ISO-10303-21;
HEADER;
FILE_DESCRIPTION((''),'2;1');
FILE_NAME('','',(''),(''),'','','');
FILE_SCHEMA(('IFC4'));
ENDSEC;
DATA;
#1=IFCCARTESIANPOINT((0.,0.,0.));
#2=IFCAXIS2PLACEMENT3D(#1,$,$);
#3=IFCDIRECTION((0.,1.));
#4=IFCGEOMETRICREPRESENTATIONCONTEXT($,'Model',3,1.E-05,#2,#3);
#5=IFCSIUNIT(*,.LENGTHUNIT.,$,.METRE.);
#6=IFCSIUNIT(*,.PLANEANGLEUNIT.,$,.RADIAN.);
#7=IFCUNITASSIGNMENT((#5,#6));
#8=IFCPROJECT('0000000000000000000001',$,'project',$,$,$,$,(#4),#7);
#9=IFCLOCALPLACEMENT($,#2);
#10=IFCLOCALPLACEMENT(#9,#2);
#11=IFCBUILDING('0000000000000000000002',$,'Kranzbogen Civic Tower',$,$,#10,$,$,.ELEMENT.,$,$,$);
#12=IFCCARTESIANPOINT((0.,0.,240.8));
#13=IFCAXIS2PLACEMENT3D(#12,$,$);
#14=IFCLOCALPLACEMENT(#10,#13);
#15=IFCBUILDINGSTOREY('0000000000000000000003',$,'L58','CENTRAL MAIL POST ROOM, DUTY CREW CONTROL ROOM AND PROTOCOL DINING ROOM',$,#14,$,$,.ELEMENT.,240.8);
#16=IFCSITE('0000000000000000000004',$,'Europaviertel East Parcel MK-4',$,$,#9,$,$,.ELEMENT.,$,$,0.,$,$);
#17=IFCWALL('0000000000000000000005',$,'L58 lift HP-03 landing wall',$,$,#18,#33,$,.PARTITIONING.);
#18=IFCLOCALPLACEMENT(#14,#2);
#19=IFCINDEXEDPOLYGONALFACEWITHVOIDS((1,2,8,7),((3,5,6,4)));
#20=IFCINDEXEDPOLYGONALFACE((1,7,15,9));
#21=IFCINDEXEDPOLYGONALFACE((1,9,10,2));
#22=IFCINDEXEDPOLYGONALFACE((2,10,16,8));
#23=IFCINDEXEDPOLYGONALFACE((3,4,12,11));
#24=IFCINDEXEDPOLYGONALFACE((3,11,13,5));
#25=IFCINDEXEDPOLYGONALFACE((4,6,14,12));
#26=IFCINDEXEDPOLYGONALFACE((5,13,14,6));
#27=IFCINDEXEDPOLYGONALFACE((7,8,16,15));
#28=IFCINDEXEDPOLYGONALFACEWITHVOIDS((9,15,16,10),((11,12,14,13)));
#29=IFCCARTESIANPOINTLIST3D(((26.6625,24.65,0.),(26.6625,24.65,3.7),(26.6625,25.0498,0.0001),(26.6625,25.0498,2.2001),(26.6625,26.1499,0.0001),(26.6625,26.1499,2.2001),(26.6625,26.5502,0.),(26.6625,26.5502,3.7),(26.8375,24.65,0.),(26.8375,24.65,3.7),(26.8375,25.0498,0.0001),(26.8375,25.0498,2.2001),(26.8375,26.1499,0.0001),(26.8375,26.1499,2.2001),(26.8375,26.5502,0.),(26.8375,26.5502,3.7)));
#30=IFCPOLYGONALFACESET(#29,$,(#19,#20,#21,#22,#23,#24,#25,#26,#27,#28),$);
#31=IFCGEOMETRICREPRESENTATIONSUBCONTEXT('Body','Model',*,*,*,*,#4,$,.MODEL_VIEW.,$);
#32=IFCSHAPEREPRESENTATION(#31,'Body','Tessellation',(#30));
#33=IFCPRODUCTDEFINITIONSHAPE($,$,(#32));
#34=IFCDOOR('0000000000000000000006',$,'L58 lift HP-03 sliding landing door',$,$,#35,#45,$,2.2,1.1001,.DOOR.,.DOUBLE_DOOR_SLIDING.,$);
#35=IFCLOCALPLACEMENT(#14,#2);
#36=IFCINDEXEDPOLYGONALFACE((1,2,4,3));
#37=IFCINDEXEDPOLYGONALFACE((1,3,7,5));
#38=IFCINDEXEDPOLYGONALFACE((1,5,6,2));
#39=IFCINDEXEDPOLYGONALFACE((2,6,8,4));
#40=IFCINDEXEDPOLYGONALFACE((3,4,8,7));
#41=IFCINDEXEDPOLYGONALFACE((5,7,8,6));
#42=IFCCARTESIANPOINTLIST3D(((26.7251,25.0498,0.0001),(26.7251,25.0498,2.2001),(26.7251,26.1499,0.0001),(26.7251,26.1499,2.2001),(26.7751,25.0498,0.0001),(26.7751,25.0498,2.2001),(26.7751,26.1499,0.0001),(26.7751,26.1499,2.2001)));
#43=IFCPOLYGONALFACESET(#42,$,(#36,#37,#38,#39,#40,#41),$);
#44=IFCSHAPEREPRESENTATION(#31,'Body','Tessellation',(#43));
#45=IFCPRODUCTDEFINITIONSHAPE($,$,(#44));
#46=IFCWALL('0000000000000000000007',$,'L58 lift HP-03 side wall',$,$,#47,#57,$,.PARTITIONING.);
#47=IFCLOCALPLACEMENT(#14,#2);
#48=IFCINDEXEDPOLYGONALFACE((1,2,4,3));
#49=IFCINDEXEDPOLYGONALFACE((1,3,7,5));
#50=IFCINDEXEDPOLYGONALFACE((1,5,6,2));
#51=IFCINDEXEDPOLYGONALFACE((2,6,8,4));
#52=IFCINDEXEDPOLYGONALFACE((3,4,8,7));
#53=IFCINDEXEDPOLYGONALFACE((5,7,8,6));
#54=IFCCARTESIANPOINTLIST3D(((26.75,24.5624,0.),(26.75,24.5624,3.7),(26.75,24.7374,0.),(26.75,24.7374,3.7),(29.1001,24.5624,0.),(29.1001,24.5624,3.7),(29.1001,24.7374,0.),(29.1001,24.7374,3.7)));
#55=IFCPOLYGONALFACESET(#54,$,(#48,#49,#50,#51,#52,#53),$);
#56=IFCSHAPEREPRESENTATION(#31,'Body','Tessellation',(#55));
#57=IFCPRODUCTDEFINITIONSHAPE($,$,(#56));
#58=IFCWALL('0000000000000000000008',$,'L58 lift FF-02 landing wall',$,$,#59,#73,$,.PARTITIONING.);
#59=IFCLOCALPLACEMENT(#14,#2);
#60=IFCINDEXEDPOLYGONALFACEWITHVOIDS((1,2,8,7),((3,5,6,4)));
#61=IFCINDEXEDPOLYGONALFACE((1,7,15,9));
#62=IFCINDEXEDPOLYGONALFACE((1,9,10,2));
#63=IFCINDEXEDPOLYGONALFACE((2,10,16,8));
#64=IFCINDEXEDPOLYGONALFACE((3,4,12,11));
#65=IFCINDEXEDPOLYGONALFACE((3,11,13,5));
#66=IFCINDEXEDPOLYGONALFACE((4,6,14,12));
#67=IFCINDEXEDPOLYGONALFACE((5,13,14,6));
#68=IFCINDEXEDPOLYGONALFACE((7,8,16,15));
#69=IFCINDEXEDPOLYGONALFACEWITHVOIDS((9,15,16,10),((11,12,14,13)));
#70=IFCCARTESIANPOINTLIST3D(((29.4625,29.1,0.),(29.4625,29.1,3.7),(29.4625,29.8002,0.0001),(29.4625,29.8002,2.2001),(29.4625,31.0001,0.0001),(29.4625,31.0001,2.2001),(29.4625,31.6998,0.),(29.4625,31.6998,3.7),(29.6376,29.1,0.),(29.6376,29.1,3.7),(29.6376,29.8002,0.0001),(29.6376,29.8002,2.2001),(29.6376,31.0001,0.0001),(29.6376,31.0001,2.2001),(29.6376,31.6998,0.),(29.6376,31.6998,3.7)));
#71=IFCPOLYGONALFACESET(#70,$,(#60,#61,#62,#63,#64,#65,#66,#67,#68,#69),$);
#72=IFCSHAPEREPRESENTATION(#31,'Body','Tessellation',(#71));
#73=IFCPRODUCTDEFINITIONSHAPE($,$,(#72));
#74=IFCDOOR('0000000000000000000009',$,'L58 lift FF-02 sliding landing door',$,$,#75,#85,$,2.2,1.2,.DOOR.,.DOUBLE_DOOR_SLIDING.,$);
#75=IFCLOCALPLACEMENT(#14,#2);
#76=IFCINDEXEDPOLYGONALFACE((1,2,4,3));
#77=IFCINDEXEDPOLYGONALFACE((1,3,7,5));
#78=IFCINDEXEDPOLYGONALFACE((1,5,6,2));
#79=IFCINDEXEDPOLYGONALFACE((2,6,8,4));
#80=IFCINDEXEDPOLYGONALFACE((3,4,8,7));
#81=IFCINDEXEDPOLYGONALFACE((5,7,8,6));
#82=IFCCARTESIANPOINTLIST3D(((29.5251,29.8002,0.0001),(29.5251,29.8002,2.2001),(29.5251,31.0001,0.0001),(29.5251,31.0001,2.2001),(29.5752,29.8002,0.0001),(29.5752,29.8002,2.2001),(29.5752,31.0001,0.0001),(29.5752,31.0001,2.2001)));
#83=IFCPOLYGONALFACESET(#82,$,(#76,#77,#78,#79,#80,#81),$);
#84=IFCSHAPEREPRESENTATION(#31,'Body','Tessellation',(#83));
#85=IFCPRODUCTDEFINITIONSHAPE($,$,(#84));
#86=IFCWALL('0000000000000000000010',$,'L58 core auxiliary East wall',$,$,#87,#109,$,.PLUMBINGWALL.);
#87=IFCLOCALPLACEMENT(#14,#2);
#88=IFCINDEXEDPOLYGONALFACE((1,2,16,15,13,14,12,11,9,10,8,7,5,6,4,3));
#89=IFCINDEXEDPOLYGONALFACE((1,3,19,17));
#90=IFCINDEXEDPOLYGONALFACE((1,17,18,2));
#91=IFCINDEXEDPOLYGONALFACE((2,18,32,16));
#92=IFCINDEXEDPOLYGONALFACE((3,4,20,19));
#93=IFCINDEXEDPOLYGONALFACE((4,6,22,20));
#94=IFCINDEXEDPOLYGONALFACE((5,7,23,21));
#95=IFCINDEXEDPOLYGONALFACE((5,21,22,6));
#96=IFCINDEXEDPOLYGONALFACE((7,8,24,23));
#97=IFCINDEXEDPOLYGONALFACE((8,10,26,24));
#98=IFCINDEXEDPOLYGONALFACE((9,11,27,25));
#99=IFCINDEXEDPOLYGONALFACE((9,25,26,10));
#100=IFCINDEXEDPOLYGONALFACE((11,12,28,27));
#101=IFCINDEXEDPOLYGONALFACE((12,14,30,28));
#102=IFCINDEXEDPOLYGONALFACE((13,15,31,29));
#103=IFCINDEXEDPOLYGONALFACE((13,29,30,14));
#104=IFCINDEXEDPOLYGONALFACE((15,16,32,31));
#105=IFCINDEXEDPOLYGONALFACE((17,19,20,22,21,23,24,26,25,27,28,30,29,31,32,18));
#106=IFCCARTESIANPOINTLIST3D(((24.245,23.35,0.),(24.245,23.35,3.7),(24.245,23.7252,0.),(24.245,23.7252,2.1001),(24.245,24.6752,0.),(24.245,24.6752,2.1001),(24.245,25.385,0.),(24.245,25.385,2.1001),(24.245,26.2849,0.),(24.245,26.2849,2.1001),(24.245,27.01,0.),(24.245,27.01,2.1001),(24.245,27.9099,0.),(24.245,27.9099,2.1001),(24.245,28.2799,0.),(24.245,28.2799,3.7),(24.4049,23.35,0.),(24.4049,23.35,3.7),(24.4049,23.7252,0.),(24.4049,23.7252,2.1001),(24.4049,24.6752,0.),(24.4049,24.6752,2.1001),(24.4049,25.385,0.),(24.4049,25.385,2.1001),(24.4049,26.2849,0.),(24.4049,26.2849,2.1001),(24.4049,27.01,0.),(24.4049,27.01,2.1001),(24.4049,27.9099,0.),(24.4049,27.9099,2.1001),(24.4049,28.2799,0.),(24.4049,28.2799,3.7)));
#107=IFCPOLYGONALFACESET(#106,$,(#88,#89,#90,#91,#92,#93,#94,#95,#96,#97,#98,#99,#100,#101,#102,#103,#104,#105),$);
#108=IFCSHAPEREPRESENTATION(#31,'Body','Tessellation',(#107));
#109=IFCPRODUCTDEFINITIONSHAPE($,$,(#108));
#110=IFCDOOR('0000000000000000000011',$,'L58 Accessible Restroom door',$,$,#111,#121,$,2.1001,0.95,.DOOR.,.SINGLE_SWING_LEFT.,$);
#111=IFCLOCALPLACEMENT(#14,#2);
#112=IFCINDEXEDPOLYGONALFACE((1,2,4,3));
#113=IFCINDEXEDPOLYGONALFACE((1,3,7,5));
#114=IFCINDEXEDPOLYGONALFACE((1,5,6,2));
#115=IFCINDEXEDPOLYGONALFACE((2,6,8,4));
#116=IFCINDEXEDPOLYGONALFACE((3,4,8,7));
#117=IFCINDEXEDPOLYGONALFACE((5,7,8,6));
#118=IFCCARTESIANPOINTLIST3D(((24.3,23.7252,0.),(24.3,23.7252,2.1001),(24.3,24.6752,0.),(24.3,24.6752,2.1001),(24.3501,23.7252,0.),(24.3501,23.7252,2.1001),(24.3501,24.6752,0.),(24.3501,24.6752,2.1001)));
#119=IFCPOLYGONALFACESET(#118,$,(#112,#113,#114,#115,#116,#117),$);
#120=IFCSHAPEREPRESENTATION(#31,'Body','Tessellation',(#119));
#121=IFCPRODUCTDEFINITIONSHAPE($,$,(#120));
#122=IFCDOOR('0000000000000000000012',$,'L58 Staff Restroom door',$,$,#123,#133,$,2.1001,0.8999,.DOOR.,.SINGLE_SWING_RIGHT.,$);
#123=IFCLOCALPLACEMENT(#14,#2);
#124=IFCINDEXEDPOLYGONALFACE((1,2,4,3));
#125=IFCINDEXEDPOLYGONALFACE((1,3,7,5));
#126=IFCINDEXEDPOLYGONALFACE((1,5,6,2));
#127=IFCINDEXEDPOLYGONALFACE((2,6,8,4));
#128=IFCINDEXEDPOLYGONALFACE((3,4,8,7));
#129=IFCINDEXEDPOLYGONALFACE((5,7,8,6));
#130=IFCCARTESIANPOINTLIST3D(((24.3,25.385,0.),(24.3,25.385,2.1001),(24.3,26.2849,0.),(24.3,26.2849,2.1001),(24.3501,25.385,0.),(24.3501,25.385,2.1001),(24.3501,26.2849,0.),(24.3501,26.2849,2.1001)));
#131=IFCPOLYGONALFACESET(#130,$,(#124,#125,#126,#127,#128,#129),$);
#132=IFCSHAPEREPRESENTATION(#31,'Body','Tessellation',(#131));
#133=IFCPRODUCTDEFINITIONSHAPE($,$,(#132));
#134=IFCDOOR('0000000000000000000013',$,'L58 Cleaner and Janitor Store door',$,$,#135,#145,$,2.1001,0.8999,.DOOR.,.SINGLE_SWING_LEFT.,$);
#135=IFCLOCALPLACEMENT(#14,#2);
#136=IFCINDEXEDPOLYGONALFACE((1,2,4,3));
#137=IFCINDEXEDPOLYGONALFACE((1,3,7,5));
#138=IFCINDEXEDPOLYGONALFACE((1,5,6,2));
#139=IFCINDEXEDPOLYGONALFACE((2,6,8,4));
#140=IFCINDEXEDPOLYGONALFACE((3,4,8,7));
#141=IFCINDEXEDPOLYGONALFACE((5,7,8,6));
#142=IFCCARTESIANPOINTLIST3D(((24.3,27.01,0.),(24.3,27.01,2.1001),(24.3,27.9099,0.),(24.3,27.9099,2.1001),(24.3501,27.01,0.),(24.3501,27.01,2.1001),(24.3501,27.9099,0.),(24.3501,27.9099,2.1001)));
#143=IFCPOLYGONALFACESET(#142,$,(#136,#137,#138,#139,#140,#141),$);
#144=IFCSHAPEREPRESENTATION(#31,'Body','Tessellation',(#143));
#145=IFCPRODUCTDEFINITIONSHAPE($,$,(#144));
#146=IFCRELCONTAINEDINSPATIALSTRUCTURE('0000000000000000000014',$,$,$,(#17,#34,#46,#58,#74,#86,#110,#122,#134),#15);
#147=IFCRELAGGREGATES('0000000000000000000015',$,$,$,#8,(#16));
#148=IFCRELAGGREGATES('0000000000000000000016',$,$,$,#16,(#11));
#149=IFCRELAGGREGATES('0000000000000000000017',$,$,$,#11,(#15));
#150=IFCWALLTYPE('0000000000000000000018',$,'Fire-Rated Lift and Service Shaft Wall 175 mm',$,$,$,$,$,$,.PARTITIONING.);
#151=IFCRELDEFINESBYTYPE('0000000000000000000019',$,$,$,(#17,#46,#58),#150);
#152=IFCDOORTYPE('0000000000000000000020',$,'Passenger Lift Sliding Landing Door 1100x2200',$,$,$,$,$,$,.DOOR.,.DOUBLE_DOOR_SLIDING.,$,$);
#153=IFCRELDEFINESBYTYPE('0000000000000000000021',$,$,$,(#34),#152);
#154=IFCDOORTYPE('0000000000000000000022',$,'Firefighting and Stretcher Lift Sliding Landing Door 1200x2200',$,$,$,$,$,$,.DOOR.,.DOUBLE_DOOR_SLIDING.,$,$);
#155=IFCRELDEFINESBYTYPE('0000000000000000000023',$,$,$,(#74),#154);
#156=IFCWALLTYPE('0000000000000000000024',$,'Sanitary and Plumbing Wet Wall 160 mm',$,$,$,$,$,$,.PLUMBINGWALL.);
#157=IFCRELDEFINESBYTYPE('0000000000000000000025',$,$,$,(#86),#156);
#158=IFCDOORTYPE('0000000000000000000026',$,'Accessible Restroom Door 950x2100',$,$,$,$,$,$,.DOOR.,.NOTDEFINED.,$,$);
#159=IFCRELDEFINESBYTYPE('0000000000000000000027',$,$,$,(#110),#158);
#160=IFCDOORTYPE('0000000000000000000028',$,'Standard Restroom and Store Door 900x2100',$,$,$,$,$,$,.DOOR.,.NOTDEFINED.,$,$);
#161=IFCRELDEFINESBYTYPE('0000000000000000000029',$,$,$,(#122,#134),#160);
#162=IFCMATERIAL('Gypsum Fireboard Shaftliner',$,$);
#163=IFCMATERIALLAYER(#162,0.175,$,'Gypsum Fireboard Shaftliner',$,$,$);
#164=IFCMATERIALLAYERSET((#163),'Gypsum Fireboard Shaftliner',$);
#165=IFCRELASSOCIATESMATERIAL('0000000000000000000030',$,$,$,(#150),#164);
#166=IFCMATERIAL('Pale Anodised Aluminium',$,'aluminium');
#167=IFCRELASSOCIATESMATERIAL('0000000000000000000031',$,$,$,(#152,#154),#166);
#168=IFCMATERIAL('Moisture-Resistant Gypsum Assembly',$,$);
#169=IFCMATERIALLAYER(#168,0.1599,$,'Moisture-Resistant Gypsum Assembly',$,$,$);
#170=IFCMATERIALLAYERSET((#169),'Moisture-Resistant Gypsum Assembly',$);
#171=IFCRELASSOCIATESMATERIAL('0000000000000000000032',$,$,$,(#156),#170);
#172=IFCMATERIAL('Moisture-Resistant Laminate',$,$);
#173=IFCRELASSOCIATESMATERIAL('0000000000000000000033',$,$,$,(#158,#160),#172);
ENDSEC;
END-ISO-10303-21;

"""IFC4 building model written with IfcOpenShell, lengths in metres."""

from ifc_helpers import new_model, si_unit, direction, frame, frame_2d, origin, place, context, subcontext, project, spatial, rectangle, extrude, material, layer, layer_set, type_object, element, fill, save


model = new_model("IFC4")

# Units and contexts
model_context = context("Model", 3, precision=1e-05, world=origin(), true_north=direction((0.0, 1.0)))
body_context = subcontext(model_context, "Body", "Model", "MODEL_VIEW")
ifc_project = project(units=[si_unit("LENGTHUNIT", "METRE"), si_unit("PLANEANGLEUNIT", "RADIAN")], contexts=[model_context])

# Site, building, storey
site_placement = place(None, origin())
site = spatial("IfcSite", under=ifc_project, at=site_placement, Name="Europaviertel East Parcel MK-4", CompositionType="ELEMENT", RefElevation=0.0)
building_placement = place(site_placement, origin())
building = spatial("IfcBuilding", under=site, at=building_placement, Name="Kranzbogen Civic Tower", CompositionType="ELEMENT")
storey_placement = place(building_placement, frame((0.0, 0.0, 240.8)))
storey = spatial("IfcBuildingStorey", under=building, at=storey_placement, Name="L58", Description="CENTRAL MAIL POST ROOM, DUTY CREW CONTROL ROOM AND PROTOCOL DINING ROOM", CompositionType="ELEMENT", Elevation=240.8)

# Shared definitions
ifc_material_1 = material(Name="Gypsum Fireboard Shaftliner")
ifc_layer_1 = layer(ifc_material_1, 0.175, Name="Gypsum Fireboard Shaftliner")
ifc_layer_set_1 = layer_set([ifc_layer_1], Name="Gypsum Fireboard Shaftliner")
wall_type_1 = type_object("IfcWallType", Name="Fire-Rated Lift and Service Shaft Wall 175 mm", PredefinedType="PARTITIONING", material=ifc_layer_set_1)
ifc_material_2 = material(Name="Pale Anodised Aluminium", Category="aluminium")
door_type_1 = type_object("IfcDoorType", Name="Passenger Lift Sliding Landing Door 1100x2200", OperationType="DOUBLE_DOOR_SLIDING", PredefinedType="DOOR", material=ifc_material_2)

# Wall, opening, door
wall_1_placement = place(storey_placement, frame((26.75, 24.6499, 0.0), z_axis=(0.0, 0.0, 1.0), x_axis=(0.0, 1.0, 0.0)))
wall_1 = element("IfcWall", 1, at=wall_1_placement, inside=storey, type_object=wall_type_1, Name="L58 lift HP-03 landing wall", PredefinedType="PARTITIONING", context=body_context, shape_type="SweptSolid", body=[
    extrude(rectangle(XDim=1.9001, YDim=0.175, at=frame_2d((0.9502, 0.0))), origin(), (0.0, 0.0, 1.0), 3.7),
])
opening_1_placement = place(wall_1_placement, frame((0.3999, 0.0, 0.0)))
opening_1 = element("IfcOpeningElement", 2, at=opening_1_placement, cuts=wall_1, PredefinedType="OPENING", context=body_context, shape_type="SweptSolid", body=[
    extrude(rectangle(XDim=1.1001, YDim=2.2, at=frame_2d((0.55, 1.1001))), frame((0.0, 0.0977, 0.0), z_axis=(0.0, -1.0, 0.0), x_axis=(1.0, 0.0, 0.0)), (0.0, 0.0, 1.0), 0.1951),
])
door_1_placement = place(opening_1_placement, origin())
door_1 = element("IfcDoor", 3, at=door_1_placement, inside=storey, type_object=door_type_1, Name="L58 lift HP-03 sliding landing door", OperationType="DOUBLE_DOOR_SLIDING", OverallHeight=2.2, OverallWidth=1.1001, PredefinedType="DOOR", context=body_context, shape_type="SweptSolid", body=[
    extrude(rectangle(XDim=1.1001, YDim=2.2, at=frame_2d((0.55, 1.1001))), frame((0.0, 0.0249, 0.0), z_axis=(0.0, -1.0, 0.0), x_axis=(1.0, 0.0, 0.0)), (0.0, 0.0, 1.0), 0.05),
])
fill(opening_1, door_1)

# Wall
wall_2_placement = place(storey_placement, frame((26.75, 24.6499, 0.0), z_axis=(0.0, 0.0, 1.0), x_axis=(1.0, 0.0, 0.0)))
element("IfcWall", 4, at=wall_2_placement, inside=storey, type_object=wall_type_1, Name="L58 lift HP-03 side wall", PredefinedType="PARTITIONING", context=body_context, shape_type="SweptSolid", body=[
    extrude(rectangle(XDim=2.3501, YDim=0.175, at=frame_2d((1.175, 0.0))), origin(), (0.0, 0.0, 1.0), 3.7),
])

# Wall, opening, door
wall_3_placement = place(storey_placement, frame((29.55, 29.1001, 0.0), z_axis=(0.0, 0.0, 1.0), x_axis=(0.0, 1.0, 0.0)))
wall_3 = element("IfcWall", 5, at=wall_3_placement, inside=storey, type_object=wall_type_1, Name="L58 lift FF-02 landing wall", PredefinedType="PARTITIONING", context=body_context, shape_type="SweptSolid", body=[
    extrude(rectangle(XDim=2.5999, YDim=0.175, at=frame_2d((1.2998, 0.0))), origin(), (0.0, 0.0, 1.0), 3.7),
])
opening_2_placement = place(wall_3_placement, frame((0.7, 0.0, 0.0)))
opening_2 = element("IfcOpeningElement", 6, at=opening_2_placement, cuts=wall_3, PredefinedType="OPENING", context=body_context, shape_type="SweptSolid", body=[
    extrude(rectangle(XDim=1.2, YDim=2.2, at=frame_2d((0.6001, 1.1001))), frame((0.0, 0.0977, 0.0), z_axis=(0.0, -1.0, 0.0), x_axis=(1.0, 0.0, 0.0)), (0.0, 0.0, 1.0), 0.1951),
])
door_type_2 = type_object("IfcDoorType", Name="Firefighting and Stretcher Lift Sliding Landing Door 1200x2200", OperationType="DOUBLE_DOOR_SLIDING", PredefinedType="DOOR", material=ifc_material_2)
door_2_placement = place(opening_2_placement, origin())
door_2 = element("IfcDoor", 7, at=door_2_placement, inside=storey, type_object=door_type_2, Name="L58 lift FF-02 sliding landing door", OperationType="DOUBLE_DOOR_SLIDING", OverallHeight=2.2, OverallWidth=1.2, PredefinedType="DOOR", context=body_context, shape_type="SweptSolid", body=[
    extrude(rectangle(XDim=1.2, YDim=2.2, at=frame_2d((0.6001, 1.1001))), frame((0.0, 0.0249, 0.0), z_axis=(0.0, -1.0, 0.0), x_axis=(1.0, 0.0, 0.0)), (0.0, 0.0, 1.0), 0.05),
])
fill(opening_2, door_2)

# Wall, openings, doors
ifc_material_3 = material(Name="Moisture-Resistant Gypsum Assembly")
ifc_layer_2 = layer(ifc_material_3, 0.1599, Name="Moisture-Resistant Gypsum Assembly")
ifc_layer_set_2 = layer_set([ifc_layer_2], Name="Moisture-Resistant Gypsum Assembly")
wall_type_2 = type_object("IfcWallType", Name="Sanitary and Plumbing Wet Wall 160 mm", PredefinedType="PLUMBINGWALL", material=ifc_layer_set_2)
wall_4_placement = place(storey_placement, frame((24.325, 23.3501, 0.0), z_axis=(0.0, 0.0, 1.0), x_axis=(0.0, 1.0, 0.0)))
wall_4 = element("IfcWall", 8, at=wall_4_placement, inside=storey, type_object=wall_type_2, Name="L58 core auxiliary East wall", PredefinedType="PLUMBINGWALL", context=body_context, shape_type="SweptSolid", body=[
    extrude(rectangle(XDim=4.9299, YDim=0.1599, at=frame_2d((2.4648, 0.0))), origin(), (0.0, 0.0, 1.0), 3.7),
])
opening_3_placement = place(wall_4_placement, frame((0.375, 0.0, 0.0)))
opening_3 = element("IfcOpeningElement", 9, at=opening_3_placement, cuts=wall_4, PredefinedType="OPENING", context=body_context, shape_type="SweptSolid", body=[
    extrude(rectangle(XDim=0.95, YDim=2.1001, at=frame_2d((0.4751, 1.05))), frame((0.0, 0.0898, 0.0), z_axis=(0.0, -1.0, 0.0), x_axis=(1.0, 0.0, 0.0)), (0.0, 0.0, 1.0), 0.1799),
])
opening_4_placement = place(wall_4_placement, frame((2.0349, 0.0, 0.0)))
opening_4 = element("IfcOpeningElement", 10, at=opening_4_placement, cuts=wall_4, PredefinedType="OPENING", context=body_context, shape_type="SweptSolid", body=[
    extrude(rectangle(XDim=0.8999, YDim=2.1001, at=frame_2d((0.45, 1.05))), frame((0.0, 0.0898, 0.0), z_axis=(0.0, -1.0, 0.0), x_axis=(1.0, 0.0, 0.0)), (0.0, 0.0, 1.0), 0.1799),
])
opening_5_placement = place(wall_4_placement, frame((3.6599, 0.0, 0.0)))
opening_5 = element("IfcOpeningElement", 11, at=opening_5_placement, cuts=wall_4, PredefinedType="OPENING", context=body_context, shape_type="SweptSolid", body=[
    extrude(rectangle(XDim=0.8999, YDim=2.1001, at=frame_2d((0.45, 1.05))), frame((0.0, 0.0898, 0.0), z_axis=(0.0, -1.0, 0.0), x_axis=(1.0, 0.0, 0.0)), (0.0, 0.0, 1.0), 0.1799),
])
ifc_material_4 = material(Name="Moisture-Resistant Laminate")
door_type_3 = type_object("IfcDoorType", Name="Accessible Restroom Door 950x2100", OperationType="NOTDEFINED", PredefinedType="DOOR", material=ifc_material_4)
door_3_placement = place(opening_3_placement, origin())
door_3 = element("IfcDoor", 12, at=door_3_placement, inside=storey, type_object=door_type_3, Name="L58 Accessible Restroom door", OperationType="SINGLE_SWING_LEFT", OverallHeight=2.1001, OverallWidth=0.95, PredefinedType="DOOR", context=body_context, shape_type="SweptSolid", body=[
    extrude(rectangle(XDim=0.95, YDim=2.1001, at=frame_2d((0.4751, 1.05))), frame((0.0, 0.0249, 0.0), z_axis=(0.0, -1.0, 0.0), x_axis=(1.0, 0.0, 0.0)), (0.0, 0.0, 1.0), 0.05),
])
fill(opening_3, door_3)
door_type_4 = type_object("IfcDoorType", Name="Standard Restroom and Store Door 900x2100", OperationType="NOTDEFINED", PredefinedType="DOOR", material=ifc_material_4)
door_4_placement = place(opening_4_placement, origin())
door_4 = element("IfcDoor", 13, at=door_4_placement, inside=storey, type_object=door_type_4, Name="L58 Staff Restroom door", OperationType="SINGLE_SWING_RIGHT", OverallHeight=2.1001, OverallWidth=0.8999, PredefinedType="DOOR", context=body_context, shape_type="SweptSolid", body=[
    extrude(rectangle(XDim=0.8999, YDim=2.1001, at=frame_2d((0.45, 1.05))), frame((0.0, 0.0249, 0.0), z_axis=(0.0, -1.0, 0.0), x_axis=(1.0, 0.0, 0.0)), (0.0, 0.0, 1.0), 0.05),
])
fill(opening_4, door_4)
door_5_placement = place(opening_5_placement, origin())
door_5 = element("IfcDoor", 14, at=door_5_placement, inside=storey, type_object=door_type_4, Name="L58 Cleaner and Janitor Store door", OperationType="SINGLE_SWING_LEFT", OverallHeight=2.1001, OverallWidth=0.8999, PredefinedType="DOOR", context=body_context, shape_type="SweptSolid", body=[
    extrude(rectangle(XDim=0.8999, YDim=2.1001, at=frame_2d((0.45, 1.05))), frame((0.0, 0.0249, 0.0), z_axis=(0.0, -1.0, 0.0), x_axis=(1.0, 0.0, 0.0)), (0.0, 0.0, 1.0), 0.05),
])
fill(opening_5, door_5)

save(model, "model.ifc")
